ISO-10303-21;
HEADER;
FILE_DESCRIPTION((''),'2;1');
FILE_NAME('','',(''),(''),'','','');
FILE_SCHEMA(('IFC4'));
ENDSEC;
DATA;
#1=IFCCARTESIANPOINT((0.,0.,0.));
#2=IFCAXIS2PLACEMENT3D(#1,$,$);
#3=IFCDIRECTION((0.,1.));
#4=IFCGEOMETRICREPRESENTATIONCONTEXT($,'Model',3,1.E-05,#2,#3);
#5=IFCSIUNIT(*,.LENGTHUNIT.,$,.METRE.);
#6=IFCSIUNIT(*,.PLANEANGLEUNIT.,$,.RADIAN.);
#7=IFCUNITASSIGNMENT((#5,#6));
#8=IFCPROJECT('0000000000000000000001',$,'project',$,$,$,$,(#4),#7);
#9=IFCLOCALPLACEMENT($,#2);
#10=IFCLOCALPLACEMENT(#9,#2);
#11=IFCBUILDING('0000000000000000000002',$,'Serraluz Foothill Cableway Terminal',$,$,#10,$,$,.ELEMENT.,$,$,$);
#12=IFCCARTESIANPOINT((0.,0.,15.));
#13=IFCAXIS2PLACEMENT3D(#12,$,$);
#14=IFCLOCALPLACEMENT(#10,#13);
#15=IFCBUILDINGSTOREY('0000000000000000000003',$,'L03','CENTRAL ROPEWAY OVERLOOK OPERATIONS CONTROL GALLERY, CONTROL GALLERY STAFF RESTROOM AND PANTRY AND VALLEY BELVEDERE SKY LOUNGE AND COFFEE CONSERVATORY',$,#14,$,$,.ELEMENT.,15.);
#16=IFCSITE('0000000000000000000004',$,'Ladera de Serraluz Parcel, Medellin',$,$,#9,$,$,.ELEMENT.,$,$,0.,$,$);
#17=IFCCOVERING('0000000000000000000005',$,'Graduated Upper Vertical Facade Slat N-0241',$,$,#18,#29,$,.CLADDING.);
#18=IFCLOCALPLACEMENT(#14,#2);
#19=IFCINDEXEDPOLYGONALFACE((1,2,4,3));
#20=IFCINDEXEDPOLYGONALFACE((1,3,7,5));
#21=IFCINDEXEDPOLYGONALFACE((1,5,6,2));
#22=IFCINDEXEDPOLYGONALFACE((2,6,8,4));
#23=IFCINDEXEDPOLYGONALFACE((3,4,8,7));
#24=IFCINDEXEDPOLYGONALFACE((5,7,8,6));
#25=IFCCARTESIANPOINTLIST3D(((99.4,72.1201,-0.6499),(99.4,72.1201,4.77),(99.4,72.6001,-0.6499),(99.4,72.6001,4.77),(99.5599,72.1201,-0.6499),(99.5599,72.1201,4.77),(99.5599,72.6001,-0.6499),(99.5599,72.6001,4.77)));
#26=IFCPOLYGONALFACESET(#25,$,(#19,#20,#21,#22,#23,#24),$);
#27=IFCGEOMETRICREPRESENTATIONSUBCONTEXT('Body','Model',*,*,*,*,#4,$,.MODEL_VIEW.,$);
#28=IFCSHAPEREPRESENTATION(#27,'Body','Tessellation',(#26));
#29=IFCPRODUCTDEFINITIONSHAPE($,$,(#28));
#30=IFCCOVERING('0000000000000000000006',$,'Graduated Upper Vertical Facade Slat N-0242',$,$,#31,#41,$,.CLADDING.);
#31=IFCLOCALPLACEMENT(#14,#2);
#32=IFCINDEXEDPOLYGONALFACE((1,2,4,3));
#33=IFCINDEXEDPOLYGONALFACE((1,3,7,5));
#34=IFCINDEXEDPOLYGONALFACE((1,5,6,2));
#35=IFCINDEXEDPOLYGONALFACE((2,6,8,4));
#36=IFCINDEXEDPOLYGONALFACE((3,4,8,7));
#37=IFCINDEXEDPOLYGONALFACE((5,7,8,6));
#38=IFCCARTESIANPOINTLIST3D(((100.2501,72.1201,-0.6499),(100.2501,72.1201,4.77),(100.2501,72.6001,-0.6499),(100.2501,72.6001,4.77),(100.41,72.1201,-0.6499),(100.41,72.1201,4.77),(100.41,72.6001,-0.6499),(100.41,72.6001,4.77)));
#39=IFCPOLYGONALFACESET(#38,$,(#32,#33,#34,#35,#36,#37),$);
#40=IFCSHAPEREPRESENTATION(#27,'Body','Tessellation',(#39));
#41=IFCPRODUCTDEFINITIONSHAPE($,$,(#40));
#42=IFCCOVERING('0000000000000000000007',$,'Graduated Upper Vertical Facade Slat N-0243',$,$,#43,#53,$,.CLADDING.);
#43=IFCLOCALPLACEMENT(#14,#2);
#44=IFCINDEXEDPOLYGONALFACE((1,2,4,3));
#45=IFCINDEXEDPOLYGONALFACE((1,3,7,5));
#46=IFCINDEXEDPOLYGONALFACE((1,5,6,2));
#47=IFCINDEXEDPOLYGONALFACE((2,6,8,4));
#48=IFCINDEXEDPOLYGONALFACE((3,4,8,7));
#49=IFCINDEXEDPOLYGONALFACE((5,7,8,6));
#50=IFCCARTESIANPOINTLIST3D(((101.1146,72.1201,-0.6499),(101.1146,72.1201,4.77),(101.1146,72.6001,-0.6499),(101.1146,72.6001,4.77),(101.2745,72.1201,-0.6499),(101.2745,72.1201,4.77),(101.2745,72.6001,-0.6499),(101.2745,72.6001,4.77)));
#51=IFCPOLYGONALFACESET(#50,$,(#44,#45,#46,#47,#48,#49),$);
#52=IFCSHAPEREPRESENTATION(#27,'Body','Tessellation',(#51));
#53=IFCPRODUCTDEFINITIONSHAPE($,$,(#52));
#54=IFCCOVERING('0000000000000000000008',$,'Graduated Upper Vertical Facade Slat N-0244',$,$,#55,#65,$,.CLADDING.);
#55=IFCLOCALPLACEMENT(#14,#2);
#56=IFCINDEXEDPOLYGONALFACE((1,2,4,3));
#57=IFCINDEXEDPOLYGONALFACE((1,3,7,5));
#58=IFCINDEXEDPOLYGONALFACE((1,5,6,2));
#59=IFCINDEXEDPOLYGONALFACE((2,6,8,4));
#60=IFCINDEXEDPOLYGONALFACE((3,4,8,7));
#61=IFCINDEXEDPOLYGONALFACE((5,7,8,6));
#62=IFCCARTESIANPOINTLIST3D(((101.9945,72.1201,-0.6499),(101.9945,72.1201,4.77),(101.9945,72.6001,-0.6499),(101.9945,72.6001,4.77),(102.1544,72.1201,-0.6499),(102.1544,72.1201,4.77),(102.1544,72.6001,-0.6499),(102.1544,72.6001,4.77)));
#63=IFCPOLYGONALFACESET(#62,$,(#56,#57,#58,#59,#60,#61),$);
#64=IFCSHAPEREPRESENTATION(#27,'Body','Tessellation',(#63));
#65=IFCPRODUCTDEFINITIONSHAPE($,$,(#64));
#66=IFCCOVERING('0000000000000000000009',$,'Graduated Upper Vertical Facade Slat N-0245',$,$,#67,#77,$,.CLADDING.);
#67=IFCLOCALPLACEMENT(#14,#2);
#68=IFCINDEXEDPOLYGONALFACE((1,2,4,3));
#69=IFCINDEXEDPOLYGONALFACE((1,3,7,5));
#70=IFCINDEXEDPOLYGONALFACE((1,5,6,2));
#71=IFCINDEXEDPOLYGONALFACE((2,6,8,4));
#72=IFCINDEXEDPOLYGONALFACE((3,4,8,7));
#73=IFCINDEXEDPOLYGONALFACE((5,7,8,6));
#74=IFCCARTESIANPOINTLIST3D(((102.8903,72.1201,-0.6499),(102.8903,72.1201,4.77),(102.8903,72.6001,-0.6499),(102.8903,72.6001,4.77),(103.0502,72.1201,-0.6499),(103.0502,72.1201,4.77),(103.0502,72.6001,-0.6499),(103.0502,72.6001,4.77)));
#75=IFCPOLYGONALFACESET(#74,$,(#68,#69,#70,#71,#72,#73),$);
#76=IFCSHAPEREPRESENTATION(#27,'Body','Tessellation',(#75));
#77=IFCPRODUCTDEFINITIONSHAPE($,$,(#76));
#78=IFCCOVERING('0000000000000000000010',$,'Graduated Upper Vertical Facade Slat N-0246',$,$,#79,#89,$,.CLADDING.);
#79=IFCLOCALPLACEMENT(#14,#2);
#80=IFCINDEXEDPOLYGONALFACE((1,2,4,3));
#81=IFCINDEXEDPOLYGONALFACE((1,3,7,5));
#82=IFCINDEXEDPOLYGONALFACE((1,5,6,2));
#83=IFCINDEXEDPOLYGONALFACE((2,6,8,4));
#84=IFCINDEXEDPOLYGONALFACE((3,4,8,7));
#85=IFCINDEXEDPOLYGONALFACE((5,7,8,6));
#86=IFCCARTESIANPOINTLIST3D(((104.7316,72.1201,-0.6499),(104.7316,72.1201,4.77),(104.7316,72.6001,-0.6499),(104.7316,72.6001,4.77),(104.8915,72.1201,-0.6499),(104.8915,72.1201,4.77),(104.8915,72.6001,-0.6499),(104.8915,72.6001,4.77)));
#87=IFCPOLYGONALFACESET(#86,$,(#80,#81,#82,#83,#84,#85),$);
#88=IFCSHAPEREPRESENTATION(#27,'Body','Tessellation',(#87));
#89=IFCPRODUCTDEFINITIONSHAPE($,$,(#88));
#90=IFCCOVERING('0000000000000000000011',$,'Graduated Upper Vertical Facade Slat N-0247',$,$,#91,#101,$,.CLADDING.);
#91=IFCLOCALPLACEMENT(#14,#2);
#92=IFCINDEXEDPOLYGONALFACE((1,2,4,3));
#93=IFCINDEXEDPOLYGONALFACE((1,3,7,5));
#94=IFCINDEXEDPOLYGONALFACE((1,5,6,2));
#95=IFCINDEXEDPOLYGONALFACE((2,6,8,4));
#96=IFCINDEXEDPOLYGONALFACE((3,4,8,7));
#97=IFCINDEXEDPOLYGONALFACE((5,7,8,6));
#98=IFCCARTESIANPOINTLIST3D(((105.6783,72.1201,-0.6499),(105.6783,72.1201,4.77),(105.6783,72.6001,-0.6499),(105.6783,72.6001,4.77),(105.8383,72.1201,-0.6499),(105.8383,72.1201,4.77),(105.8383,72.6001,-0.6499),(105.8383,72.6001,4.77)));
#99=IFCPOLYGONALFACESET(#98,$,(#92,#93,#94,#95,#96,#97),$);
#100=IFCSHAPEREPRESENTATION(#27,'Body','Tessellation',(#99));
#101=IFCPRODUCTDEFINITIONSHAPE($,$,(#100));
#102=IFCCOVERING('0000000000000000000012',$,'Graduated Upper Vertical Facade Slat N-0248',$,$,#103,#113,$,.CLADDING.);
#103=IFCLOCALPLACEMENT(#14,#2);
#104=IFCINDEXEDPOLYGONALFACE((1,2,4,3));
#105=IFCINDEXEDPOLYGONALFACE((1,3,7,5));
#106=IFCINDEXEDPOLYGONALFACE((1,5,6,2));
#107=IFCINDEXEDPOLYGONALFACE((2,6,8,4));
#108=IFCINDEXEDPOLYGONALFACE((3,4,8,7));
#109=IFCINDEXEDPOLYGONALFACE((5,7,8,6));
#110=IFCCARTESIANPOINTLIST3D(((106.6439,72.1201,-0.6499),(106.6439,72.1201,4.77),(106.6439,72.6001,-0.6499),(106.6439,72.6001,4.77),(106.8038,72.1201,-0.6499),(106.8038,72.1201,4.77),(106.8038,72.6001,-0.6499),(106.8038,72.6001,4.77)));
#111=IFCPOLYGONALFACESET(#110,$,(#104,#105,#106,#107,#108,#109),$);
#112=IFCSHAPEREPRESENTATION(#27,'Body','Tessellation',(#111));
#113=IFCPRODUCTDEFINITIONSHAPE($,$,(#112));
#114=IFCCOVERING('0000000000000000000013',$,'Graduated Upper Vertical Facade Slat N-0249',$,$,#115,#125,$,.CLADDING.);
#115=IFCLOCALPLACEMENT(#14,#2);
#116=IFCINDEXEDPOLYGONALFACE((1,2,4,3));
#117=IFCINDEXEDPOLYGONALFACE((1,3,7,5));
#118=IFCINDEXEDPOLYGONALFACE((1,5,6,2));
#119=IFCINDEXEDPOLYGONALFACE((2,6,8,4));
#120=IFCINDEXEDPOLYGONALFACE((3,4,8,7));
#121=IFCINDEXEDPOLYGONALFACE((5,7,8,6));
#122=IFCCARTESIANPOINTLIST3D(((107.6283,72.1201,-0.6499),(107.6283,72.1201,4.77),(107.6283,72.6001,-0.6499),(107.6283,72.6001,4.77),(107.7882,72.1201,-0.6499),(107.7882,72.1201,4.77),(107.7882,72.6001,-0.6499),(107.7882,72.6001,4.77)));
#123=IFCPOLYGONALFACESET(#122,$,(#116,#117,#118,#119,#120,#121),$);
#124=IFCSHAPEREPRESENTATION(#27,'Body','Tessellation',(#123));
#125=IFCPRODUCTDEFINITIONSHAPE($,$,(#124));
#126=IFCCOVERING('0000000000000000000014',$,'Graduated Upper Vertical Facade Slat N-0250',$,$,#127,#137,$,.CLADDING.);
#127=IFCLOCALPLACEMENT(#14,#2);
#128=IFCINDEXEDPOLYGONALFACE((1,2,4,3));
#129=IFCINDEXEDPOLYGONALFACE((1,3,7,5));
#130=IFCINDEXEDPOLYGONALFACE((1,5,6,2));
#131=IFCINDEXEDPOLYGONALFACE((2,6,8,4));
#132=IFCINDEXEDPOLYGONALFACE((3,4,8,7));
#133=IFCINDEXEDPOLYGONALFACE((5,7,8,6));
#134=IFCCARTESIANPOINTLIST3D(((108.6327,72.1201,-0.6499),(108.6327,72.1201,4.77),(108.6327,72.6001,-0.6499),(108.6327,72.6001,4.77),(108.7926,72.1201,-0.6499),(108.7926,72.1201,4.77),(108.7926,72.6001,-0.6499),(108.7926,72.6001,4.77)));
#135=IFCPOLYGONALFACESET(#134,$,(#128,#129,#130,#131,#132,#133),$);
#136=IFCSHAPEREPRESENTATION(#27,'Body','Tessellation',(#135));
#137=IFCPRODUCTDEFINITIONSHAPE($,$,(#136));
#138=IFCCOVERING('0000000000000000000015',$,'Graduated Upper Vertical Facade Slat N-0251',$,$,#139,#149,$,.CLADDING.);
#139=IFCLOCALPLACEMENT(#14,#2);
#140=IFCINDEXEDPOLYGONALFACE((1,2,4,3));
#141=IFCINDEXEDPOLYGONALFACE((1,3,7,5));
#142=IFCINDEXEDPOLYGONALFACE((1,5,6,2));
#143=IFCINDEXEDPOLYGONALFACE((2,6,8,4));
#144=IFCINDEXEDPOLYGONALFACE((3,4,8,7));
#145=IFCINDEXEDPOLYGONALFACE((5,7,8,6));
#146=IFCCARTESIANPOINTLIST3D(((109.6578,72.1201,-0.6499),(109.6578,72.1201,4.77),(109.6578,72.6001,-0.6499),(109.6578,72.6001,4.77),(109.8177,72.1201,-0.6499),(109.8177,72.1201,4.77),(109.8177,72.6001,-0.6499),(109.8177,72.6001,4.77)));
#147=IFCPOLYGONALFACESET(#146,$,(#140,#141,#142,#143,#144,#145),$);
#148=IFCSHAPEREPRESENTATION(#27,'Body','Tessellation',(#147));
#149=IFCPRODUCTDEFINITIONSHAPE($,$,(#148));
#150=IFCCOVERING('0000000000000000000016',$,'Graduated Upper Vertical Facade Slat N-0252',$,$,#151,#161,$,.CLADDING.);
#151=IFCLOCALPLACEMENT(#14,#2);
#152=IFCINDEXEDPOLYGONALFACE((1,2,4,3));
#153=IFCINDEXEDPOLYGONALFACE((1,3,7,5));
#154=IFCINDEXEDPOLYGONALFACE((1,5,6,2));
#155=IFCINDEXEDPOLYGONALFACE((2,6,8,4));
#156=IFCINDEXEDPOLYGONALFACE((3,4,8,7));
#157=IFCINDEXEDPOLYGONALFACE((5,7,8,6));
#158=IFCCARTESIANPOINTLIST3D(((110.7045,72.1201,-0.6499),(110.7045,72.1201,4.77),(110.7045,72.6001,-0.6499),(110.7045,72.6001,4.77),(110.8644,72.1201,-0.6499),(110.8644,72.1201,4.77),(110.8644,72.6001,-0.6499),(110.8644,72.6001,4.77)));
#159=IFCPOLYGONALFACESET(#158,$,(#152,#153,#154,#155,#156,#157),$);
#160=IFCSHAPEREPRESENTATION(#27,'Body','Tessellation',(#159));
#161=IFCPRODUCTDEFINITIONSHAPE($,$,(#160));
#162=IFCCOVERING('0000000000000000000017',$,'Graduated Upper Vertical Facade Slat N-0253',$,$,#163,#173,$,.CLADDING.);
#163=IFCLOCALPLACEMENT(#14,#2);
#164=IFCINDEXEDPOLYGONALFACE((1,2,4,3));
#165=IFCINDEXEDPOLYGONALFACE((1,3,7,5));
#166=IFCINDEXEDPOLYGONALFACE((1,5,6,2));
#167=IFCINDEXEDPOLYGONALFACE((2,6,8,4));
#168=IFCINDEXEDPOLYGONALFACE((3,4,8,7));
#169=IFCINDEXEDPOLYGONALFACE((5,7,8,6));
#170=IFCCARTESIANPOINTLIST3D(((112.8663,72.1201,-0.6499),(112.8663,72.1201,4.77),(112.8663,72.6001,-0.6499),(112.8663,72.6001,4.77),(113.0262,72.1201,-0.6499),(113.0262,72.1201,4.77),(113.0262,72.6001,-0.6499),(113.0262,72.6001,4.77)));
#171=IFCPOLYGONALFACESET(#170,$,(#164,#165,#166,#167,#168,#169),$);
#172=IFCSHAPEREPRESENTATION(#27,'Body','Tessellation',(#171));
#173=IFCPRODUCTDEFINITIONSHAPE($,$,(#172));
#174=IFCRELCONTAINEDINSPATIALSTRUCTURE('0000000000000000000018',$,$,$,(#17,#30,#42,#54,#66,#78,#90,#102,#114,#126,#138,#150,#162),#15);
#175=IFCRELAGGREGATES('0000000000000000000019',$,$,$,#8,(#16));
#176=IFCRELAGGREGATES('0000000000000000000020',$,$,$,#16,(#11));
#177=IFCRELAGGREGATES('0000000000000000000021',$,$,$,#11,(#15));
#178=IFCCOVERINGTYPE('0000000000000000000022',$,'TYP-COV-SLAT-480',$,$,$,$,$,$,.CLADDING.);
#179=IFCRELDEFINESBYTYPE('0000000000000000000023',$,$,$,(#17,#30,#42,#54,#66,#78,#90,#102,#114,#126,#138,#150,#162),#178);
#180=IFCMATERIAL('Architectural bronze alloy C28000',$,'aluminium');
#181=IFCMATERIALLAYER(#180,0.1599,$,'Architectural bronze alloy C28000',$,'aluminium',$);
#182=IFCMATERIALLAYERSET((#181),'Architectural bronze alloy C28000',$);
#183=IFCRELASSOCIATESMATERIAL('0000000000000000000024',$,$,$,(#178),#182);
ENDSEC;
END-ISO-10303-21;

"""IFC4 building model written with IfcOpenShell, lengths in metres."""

from ifc_helpers import new_model, si_unit, direction, frame, origin, origin_2d, place, context, subcontext, project, spatial, rectangle, extrude, material, layer, layer_set, type_object, element, save


model = new_model("IFC4")

# Units and contexts
model_context = context("Model", 3, precision=1e-05, world=origin(), true_north=direction((0.0, 1.0)))
body_context = subcontext(model_context, "Body", "Model", "MODEL_VIEW")
ifc_project = project(units=[si_unit("LENGTHUNIT", "METRE"), si_unit("PLANEANGLEUNIT", "RADIAN")], contexts=[model_context])

# Site, building, storey
site_placement = place(None, origin())
site = spatial("IfcSite", under=ifc_project, at=site_placement, Name="Ladera de Serraluz Parcel, Medellin", CompositionType="ELEMENT", RefElevation=0.0)
building_placement = place(site_placement, origin())
building = spatial("IfcBuilding", under=site, at=building_placement, Name="Serraluz Foothill Cableway Terminal", CompositionType="ELEMENT")
storey_placement = place(building_placement, frame((0.0, 0.0, 15.0)))
storey = spatial("IfcBuildingStorey", under=building, at=storey_placement, Name="L03", Description="CENTRAL ROPEWAY OVERLOOK OPERATIONS CONTROL GALLERY, CONTROL GALLERY STAFF RESTROOM AND PANTRY AND VALLEY BELVEDERE SKY LOUNGE AND COFFEE CONSERVATORY", CompositionType="ELEMENT", Elevation=15.0)

# Coverings
ifc_material_1 = material(Name="Architectural bronze alloy C28000", Category="aluminium")
ifc_layer_1 = layer(ifc_material_1, 0.1599, Name="Architectural bronze alloy C28000", Category="aluminium")
ifc_layer_set_1 = layer_set([ifc_layer_1], Name="Architectural bronze alloy C28000")
covering_type = type_object("IfcCoveringType", Name="TYP-COV-SLAT-480", PredefinedType="CLADDING", material=ifc_layer_set_1)
for number, where, z_axis, x_axis, name in (
    (1, (99.48, 72.3601, -0.6499), (0.0, 0.0, 1.0), (1.0, 0.0, 0.0), "Graduated Upper Vertical Facade Slat N-0241"),
    (2, (100.3301, 72.3601, -0.6499), (0.0, 0.0, 1.0), (1.0, 0.0, 0.0), "Graduated Upper Vertical Facade Slat N-0242"),
    (3, (101.1946, 72.3601, -0.6499), (0.0, 0.0, 1.0), (1.0, 0.0, 0.0), "Graduated Upper Vertical Facade Slat N-0243"),
    (4, (102.0745, 72.3601, -0.6499), (0.0, 0.0, 1.0), (1.0, 0.0, 0.0), "Graduated Upper Vertical Facade Slat N-0244"),
    (5, (102.9702, 72.3601, -0.6499), (0.0, 0.0, 1.0), (1.0, 0.0, 0.0), "Graduated Upper Vertical Facade Slat N-0245"),
    (6, (104.8115, 72.3601, -0.6499), (0.0, 0.0, 1.0), (1.0, 0.0, 0.0), "Graduated Upper Vertical Facade Slat N-0246"),
    (7, (105.7583, 72.3601, -0.6499), (0.0, 0.0, 1.0), (1.0, 0.0, 0.0), "Graduated Upper Vertical Facade Slat N-0247"),
    (8, (106.7239, 72.3601, -0.6499), (0.0, 0.0, 1.0), (1.0, 0.0, 0.0), "Graduated Upper Vertical Facade Slat N-0248"),
    (9, (107.7083, 72.3601, -0.6499), (0.0, 0.0, 1.0), (1.0, 0.0, 0.0), "Graduated Upper Vertical Facade Slat N-0249"),
    (10, (108.7126, 72.3601, -0.6499), (0.0, 0.0, 1.0), (1.0, 0.0, 0.0), "Graduated Upper Vertical Facade Slat N-0250"),
    (11, (109.7378, 72.3601, -0.6499), (0.0, 0.0, 1.0), (1.0, 0.0, 0.0), "Graduated Upper Vertical Facade Slat N-0251"),
    (12, (110.7844, 72.3601, -0.6499), (0.0, 0.0, 1.0), (1.0, 0.0, 0.0), "Graduated Upper Vertical Facade Slat N-0252"),
    (13, (112.9463, 72.3601, -0.6499), (0.0, 0.0, 1.0), (1.0, 0.0, 0.0), "Graduated Upper Vertical Facade Slat N-0253"),
):
    element("IfcCovering", number, at=place(storey_placement, frame(where, z_axis=z_axis, x_axis=x_axis)), inside=storey, type_object=covering_type, Name=name, PredefinedType="CLADDING", context=body_context, shape_type="SweptSolid", body=[
        extrude(rectangle(XDim=0.1599, YDim=0.48, at=origin_2d()), origin(), (0.0, 0.0, 1.0), 5.4199),
    ])

save(model, "model.ifc")
